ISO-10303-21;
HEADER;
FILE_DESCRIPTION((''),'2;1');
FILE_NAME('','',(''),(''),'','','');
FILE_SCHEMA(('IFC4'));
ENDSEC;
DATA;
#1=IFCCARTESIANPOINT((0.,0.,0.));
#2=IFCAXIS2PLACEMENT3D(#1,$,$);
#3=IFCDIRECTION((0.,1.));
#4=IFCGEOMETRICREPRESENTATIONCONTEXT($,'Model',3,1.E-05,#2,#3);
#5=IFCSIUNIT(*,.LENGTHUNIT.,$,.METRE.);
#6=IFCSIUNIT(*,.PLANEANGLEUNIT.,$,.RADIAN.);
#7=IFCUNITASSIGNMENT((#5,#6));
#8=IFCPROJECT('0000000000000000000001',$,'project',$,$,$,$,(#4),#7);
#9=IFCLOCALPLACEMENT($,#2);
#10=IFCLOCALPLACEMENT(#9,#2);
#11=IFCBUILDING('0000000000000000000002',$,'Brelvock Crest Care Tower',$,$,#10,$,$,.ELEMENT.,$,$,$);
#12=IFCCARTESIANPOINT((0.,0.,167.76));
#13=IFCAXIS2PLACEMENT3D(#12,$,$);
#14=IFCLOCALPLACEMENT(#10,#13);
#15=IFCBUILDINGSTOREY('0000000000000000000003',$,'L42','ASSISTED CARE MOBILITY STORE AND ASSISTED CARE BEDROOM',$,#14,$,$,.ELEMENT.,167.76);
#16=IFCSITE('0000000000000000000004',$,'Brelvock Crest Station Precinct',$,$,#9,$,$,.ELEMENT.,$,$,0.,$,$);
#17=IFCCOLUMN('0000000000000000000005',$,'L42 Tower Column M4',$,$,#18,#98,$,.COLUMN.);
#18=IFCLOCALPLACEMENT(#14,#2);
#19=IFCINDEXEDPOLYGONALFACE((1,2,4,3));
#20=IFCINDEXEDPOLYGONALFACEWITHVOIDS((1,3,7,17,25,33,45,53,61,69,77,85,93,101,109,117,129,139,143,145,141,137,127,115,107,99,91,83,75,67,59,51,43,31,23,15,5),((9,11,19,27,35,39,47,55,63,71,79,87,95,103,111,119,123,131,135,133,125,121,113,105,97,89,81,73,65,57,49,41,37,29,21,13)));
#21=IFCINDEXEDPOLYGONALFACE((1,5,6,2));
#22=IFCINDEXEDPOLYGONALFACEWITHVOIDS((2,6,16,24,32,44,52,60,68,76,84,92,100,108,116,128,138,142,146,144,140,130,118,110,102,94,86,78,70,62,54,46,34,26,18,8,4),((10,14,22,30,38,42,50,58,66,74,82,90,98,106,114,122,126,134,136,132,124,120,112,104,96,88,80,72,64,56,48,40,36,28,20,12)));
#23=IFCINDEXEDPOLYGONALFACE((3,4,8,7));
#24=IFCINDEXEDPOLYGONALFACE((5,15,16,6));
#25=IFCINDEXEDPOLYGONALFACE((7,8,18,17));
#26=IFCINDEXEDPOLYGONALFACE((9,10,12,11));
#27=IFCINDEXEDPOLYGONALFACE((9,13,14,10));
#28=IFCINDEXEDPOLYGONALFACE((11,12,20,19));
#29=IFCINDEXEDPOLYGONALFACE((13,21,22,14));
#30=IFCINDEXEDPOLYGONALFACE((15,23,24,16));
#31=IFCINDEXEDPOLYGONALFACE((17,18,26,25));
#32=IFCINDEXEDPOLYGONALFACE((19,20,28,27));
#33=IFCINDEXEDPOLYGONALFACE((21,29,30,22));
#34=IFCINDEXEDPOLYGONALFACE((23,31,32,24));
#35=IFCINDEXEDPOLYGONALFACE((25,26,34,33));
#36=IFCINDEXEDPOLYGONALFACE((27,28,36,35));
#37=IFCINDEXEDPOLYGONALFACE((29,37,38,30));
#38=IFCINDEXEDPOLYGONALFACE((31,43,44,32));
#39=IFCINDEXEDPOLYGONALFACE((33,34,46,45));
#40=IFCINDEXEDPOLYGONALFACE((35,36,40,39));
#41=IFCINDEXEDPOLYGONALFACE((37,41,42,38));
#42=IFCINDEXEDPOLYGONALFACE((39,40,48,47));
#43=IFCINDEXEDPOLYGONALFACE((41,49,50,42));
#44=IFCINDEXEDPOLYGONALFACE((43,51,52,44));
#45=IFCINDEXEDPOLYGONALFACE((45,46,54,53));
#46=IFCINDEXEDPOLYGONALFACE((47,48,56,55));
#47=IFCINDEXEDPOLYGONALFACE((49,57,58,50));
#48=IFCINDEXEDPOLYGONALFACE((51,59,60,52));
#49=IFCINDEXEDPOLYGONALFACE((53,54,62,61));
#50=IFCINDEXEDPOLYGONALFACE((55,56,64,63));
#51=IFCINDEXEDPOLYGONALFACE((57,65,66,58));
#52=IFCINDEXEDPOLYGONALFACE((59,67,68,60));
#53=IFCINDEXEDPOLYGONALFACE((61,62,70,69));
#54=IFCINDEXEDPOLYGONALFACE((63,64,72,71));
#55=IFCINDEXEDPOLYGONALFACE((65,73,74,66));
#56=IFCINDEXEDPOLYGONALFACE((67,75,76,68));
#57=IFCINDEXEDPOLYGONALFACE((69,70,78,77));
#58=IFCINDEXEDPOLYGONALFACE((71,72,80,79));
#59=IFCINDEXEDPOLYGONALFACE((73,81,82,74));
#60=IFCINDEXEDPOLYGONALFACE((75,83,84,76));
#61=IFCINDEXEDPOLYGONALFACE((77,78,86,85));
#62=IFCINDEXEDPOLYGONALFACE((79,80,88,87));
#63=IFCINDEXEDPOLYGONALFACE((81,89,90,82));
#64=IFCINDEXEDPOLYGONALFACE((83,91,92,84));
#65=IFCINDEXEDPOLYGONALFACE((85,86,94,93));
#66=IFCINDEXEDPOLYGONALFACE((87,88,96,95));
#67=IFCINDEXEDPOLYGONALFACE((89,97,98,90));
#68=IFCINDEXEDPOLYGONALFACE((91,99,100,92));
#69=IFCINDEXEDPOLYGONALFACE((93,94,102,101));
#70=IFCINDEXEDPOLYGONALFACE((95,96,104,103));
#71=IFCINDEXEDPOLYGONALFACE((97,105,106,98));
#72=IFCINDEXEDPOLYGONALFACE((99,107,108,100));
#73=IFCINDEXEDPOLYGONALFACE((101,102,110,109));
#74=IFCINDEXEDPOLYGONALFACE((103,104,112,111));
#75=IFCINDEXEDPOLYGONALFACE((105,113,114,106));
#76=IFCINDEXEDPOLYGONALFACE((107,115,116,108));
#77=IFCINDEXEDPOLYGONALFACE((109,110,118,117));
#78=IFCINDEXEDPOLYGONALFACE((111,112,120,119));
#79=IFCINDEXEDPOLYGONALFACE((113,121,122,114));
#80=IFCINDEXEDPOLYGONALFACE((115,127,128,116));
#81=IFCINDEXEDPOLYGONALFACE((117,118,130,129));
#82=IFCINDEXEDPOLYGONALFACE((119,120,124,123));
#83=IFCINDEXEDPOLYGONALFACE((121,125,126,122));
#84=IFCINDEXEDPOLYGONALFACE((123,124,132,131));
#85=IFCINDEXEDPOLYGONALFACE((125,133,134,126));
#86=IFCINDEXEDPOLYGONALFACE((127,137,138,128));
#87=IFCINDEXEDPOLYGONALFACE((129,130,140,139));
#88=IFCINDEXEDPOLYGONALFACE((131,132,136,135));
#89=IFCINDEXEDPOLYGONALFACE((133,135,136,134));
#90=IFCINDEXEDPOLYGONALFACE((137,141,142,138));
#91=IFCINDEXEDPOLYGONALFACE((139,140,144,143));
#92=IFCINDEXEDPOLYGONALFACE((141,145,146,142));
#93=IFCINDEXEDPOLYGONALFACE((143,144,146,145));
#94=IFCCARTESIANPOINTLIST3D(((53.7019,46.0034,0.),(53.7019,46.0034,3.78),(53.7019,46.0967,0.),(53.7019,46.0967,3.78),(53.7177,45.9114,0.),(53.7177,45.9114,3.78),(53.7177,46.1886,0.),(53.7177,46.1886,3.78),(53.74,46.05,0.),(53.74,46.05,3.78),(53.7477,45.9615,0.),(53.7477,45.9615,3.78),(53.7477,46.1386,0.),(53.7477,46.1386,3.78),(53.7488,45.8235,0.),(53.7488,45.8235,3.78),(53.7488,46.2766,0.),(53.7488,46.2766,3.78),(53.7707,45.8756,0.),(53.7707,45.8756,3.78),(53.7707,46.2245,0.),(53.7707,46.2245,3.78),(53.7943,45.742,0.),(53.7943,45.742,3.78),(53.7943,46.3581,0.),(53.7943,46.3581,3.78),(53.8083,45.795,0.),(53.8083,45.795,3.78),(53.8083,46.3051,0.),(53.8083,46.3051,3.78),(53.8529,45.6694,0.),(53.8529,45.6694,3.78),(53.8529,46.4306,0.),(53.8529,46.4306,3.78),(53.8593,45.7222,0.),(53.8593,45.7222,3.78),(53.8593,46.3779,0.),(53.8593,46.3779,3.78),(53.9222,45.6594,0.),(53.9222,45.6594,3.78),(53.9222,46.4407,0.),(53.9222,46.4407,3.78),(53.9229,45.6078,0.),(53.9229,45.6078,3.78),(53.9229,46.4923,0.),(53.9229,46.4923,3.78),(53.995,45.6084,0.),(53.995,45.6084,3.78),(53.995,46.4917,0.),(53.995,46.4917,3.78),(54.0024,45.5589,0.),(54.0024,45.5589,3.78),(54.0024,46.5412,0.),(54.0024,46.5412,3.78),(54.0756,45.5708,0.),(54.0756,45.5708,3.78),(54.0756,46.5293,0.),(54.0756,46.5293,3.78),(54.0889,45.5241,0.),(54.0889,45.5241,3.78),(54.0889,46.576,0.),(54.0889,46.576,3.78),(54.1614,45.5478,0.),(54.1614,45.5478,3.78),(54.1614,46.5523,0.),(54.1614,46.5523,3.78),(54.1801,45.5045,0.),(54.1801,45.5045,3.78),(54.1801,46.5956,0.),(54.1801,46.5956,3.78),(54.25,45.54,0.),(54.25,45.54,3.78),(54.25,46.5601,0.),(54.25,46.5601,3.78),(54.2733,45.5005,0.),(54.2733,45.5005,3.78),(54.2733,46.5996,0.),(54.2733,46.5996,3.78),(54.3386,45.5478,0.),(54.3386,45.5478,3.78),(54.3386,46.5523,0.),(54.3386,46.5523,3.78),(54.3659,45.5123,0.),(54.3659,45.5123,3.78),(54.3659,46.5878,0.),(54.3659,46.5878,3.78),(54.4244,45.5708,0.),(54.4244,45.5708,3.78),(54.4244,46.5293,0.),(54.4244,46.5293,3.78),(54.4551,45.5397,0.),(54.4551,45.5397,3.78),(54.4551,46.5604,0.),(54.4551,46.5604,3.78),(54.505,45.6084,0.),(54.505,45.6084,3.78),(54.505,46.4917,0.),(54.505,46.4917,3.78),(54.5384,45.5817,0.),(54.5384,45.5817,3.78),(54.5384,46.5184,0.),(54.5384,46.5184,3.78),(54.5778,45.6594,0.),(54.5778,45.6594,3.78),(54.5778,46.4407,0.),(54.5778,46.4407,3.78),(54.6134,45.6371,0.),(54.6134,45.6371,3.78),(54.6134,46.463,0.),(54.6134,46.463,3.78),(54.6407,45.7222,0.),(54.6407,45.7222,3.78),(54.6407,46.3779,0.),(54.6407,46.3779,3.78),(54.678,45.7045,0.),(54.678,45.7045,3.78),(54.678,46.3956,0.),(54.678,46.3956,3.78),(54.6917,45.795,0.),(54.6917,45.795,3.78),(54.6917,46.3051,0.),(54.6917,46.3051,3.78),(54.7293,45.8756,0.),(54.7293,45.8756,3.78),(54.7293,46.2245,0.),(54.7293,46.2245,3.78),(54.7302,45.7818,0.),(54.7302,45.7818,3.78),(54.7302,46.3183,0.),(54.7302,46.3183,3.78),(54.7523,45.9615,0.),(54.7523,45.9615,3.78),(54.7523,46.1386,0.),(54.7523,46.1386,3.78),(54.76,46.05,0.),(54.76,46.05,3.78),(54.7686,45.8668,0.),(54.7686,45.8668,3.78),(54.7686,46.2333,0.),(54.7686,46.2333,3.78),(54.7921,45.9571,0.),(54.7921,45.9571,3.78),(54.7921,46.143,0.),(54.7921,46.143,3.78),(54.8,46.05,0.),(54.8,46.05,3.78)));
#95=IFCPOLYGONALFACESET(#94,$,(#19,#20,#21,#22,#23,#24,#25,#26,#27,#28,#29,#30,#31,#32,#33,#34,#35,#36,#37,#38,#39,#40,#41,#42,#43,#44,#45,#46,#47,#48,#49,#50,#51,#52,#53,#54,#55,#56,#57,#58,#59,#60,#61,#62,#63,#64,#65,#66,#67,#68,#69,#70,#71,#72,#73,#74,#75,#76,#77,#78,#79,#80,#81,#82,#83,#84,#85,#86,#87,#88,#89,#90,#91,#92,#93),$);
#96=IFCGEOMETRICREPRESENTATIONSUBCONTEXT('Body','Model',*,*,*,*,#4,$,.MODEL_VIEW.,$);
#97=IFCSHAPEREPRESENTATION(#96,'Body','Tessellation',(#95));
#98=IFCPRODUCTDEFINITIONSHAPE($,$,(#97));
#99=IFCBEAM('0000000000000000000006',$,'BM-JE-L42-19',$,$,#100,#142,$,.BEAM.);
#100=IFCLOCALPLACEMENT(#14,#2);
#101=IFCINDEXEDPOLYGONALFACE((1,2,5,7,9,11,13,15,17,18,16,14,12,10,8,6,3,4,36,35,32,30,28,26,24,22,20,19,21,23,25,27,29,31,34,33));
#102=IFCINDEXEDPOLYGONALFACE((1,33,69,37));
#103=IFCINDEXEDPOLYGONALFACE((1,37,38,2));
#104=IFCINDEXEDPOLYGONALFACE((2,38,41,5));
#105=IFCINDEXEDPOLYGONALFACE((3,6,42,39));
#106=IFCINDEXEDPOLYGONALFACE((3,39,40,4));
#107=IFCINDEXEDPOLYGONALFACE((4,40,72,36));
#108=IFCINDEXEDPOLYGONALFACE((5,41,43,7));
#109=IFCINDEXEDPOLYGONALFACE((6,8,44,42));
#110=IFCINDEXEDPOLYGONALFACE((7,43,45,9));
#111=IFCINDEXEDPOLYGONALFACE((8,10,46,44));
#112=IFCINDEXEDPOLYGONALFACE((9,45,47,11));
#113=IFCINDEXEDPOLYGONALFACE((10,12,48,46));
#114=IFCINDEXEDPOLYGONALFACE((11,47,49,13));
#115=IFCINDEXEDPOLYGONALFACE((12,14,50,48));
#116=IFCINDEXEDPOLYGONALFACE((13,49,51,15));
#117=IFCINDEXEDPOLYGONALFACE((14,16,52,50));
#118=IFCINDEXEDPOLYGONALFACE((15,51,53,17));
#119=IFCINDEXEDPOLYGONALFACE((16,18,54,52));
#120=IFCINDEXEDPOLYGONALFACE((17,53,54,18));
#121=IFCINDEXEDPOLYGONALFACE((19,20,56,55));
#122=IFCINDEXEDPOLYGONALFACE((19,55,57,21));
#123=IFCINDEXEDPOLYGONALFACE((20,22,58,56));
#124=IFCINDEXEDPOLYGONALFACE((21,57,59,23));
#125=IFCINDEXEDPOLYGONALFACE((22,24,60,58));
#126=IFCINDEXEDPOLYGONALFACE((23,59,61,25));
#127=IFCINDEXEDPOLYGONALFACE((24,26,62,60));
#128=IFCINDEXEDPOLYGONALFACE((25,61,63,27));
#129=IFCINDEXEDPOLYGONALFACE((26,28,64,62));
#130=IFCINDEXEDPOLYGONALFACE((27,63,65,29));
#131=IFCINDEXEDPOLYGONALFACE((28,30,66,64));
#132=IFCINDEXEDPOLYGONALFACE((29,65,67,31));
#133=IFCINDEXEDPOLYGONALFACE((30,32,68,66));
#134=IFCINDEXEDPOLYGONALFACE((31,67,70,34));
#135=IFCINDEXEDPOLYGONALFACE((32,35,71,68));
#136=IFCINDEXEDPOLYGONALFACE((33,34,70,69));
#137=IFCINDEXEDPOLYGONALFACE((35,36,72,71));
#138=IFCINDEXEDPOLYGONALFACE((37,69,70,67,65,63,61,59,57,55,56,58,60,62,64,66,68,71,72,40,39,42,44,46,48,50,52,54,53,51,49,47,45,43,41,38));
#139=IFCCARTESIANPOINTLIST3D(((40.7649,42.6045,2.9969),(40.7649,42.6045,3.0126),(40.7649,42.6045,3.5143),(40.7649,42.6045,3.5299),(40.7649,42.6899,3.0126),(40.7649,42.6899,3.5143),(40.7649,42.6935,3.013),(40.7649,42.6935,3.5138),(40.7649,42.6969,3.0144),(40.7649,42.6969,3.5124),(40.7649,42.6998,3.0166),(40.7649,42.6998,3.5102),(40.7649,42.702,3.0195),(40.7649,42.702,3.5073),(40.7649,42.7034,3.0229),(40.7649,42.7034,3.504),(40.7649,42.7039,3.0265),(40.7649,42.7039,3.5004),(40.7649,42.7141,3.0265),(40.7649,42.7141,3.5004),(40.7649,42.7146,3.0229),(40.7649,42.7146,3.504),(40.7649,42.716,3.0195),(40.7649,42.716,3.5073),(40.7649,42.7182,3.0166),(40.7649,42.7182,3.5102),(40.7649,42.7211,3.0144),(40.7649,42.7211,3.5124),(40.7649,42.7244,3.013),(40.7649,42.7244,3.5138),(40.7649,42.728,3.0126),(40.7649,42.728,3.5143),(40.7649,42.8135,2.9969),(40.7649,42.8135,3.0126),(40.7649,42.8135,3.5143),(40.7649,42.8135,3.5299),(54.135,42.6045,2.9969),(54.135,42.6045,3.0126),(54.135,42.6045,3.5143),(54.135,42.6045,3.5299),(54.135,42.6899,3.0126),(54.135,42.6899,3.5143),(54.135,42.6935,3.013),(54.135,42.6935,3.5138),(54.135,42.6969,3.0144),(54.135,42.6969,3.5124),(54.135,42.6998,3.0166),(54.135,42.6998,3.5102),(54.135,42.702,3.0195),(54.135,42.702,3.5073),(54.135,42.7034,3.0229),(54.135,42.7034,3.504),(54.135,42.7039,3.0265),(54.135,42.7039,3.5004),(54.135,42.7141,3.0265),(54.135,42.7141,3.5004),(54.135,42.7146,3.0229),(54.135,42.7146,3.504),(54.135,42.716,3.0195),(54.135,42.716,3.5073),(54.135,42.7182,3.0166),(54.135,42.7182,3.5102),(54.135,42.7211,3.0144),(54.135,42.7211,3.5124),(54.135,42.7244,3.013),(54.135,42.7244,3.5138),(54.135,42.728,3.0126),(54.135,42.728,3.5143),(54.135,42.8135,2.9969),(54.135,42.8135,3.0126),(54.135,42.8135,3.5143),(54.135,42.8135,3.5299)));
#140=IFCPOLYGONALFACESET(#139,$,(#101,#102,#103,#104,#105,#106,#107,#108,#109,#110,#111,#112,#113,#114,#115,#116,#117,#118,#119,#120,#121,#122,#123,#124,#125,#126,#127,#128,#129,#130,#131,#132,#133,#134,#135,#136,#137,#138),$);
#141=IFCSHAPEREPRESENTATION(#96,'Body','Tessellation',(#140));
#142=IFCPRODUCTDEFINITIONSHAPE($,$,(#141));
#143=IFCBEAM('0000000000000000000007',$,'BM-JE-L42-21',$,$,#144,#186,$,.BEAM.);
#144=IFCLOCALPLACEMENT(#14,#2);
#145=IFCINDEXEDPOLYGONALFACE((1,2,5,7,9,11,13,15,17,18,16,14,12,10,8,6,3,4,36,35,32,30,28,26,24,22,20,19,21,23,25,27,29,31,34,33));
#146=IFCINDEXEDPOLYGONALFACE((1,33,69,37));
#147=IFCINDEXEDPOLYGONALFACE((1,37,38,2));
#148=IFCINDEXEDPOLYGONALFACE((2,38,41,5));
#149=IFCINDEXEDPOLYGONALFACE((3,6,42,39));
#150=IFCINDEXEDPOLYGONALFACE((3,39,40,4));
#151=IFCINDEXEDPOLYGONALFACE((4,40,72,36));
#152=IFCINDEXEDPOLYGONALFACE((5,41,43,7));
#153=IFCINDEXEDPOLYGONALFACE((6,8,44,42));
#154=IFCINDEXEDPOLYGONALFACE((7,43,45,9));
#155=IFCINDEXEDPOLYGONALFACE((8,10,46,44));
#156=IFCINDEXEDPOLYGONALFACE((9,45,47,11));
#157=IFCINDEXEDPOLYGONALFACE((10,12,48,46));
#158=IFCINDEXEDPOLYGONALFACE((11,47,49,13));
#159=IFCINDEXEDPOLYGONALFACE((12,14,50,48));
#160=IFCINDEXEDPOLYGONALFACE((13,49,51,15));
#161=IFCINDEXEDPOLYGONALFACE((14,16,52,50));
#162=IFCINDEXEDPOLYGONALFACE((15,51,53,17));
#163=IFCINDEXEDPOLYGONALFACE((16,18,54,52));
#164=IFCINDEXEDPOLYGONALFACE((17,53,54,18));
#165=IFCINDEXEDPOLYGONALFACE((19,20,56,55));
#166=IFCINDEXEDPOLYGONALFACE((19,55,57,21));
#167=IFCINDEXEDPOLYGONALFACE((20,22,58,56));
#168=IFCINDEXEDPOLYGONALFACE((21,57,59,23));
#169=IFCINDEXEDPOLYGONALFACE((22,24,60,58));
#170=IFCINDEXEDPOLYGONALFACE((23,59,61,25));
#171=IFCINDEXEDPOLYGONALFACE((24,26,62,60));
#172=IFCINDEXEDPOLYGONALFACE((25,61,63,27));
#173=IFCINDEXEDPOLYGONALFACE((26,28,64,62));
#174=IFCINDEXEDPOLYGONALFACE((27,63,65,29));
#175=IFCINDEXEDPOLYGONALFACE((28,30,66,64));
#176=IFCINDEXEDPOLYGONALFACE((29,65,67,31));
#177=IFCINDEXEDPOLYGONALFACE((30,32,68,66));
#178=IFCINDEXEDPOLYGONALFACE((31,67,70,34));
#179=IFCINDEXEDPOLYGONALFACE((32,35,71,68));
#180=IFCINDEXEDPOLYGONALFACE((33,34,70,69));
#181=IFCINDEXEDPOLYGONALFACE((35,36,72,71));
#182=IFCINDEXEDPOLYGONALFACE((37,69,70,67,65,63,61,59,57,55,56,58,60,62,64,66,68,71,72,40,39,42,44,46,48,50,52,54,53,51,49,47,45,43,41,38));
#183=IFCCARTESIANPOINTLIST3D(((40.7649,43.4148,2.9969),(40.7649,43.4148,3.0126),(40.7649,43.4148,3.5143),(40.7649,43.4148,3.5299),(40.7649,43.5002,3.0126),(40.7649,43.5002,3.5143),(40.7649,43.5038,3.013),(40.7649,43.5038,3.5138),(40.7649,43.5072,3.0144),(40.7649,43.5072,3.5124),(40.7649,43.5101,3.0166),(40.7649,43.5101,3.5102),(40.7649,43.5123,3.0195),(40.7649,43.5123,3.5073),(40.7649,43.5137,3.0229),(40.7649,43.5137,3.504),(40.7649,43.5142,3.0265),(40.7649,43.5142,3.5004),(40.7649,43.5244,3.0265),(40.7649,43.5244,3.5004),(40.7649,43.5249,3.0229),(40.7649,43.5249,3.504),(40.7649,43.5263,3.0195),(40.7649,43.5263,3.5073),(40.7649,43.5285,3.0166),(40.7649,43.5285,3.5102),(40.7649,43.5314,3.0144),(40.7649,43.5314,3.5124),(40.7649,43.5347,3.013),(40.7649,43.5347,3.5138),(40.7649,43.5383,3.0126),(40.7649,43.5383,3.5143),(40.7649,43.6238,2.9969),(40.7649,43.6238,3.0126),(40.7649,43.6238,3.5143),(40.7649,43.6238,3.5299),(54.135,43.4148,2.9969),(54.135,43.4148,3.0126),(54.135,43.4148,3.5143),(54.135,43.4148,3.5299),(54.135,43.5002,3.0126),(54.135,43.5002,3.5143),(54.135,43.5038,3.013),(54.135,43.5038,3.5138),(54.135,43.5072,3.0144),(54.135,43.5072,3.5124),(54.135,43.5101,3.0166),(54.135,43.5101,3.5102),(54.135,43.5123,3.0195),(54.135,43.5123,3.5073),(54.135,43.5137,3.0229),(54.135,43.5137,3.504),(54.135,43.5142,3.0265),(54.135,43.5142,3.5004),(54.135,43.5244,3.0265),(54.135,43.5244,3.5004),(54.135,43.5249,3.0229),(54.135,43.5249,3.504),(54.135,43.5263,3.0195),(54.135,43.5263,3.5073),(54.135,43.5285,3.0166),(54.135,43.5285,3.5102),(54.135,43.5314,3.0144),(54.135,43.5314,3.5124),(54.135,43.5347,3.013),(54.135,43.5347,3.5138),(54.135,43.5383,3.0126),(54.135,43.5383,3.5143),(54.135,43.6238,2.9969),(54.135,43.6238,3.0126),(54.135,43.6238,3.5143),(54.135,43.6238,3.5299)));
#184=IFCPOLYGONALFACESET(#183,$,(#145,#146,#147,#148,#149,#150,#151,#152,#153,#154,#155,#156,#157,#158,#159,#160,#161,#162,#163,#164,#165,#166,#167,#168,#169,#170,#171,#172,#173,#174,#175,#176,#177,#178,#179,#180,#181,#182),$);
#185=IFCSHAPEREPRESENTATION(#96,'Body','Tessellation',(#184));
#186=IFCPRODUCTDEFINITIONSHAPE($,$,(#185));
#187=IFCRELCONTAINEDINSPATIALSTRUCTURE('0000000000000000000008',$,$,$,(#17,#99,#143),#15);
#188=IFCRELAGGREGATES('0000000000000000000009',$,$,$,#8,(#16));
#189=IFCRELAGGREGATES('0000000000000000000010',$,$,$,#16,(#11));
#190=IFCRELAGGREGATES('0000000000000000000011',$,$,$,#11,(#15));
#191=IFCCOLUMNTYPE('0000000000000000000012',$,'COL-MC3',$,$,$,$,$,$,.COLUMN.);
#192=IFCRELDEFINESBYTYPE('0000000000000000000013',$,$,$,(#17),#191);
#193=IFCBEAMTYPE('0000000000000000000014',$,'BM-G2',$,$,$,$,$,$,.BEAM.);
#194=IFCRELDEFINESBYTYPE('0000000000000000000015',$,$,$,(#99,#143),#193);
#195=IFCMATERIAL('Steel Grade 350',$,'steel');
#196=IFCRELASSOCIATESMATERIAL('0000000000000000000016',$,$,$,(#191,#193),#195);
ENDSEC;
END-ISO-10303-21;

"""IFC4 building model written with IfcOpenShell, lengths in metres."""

from ifc_helpers import new_model, si_unit, direction, frame, origin, origin_2d, place, context, subcontext, project, spatial, hollow_circle, i_section, extrude, source, transform, mapped, material, material_profile, profile_set, type_object, element, save


model = new_model("IFC4")

# Units and contexts
model_context = context("Model", 3, precision=1e-05, world=origin(), true_north=direction((0.0, 1.0)))
body_context = subcontext(model_context, "Body", "Model", "MODEL_VIEW")
ifc_project = project(units=[si_unit("LENGTHUNIT", "METRE"), si_unit("PLANEANGLEUNIT", "RADIAN")], contexts=[model_context])

# Site, building, storey
site_placement = place(None, origin())
site = spatial("IfcSite", under=ifc_project, at=site_placement, Name="Brelvock Crest Station Precinct", CompositionType="ELEMENT", RefElevation=0.0)
building_placement = place(site_placement, origin())
building = spatial("IfcBuilding", under=site, at=building_placement, Name="Brelvock Crest Care Tower", CompositionType="ELEMENT")
storey_placement = place(building_placement, frame((0.0, 0.0, 167.76)))
storey = spatial("IfcBuildingStorey", under=building, at=storey_placement, Name="L42", Description="ASSISTED CARE MOBILITY STORE AND ASSISTED CARE BEDROOM", CompositionType="ELEMENT", Elevation=167.76)

# Column
ifc_material_1 = material(Name="Steel Grade 350", Category="steel")
ifc_material_profile_1 = material_profile(ifc_material_1, hollow_circle(Radius=0.55, WallThickness=0.04, at=origin_2d()), Name="CFT1100x40")
ifc_profile_set_1 = profile_set([ifc_material_profile_1], Name="Steel Grade 350")
column_type = type_object("IfcColumnType", Name="COL-MC3", PredefinedType="COLUMN", material=ifc_profile_set_1)
shared_shape_1 = source(origin(), body_context, "Body", "SweptSolid", [
    extrude(hollow_circle(Radius=0.55, WallThickness=0.04, at=origin_2d()), origin(), (0.0, 0.0, 1.0), 3.78),
])
column_placement = place(storey_placement, frame((54.25, 46.05, 0.0), z_axis=(0.0, 0.0, 1.0), x_axis=(1.0, 0.0, 0.0)))
element("IfcColumn", 1, at=column_placement, inside=storey, type_object=column_type, Name="L42 Tower Column M4", PredefinedType="COLUMN", context=body_context, shape_type="MappedRepresentation", body=[
    mapped(shared_shape_1, transform((0.0, 0.0, 0.0), x_axis=(1.0, 0.0, 0.0), y_axis=(0.0, 1.0, 0.0), z_axis=(0.0, 0.0, 1.0), scale=1.0)),
])

# Beams
ifc_material_profile_2 = material_profile(ifc_material_1, i_section(OverallWidth=0.209, OverallDepth=0.533, WebThickness=0.0103, FlangeThickness=0.0156, FilletRadius=0.0139, at=origin_2d()), Name="530UB92.4")
ifc_profile_set_2 = profile_set([ifc_material_profile_2], Name="Steel Grade 350")
beam_type_1 = type_object("IfcBeamType", Name="BM-G2", PredefinedType="BEAM", material=ifc_profile_set_2)
shared_shape_2 = source(origin(), body_context, "Body", "SweptSolid", [
    extrude(i_section(OverallWidth=0.209, OverallDepth=0.533, WebThickness=0.0103, FlangeThickness=0.0156, FilletRadius=0.0139, at=origin_2d()), origin(), (0.0, 0.0, 1.0), 13.3701),
])
for number, where, z_axis, x_axis, name in (
    (2, (40.7649, 42.709, 3.2634), (1.0, 0.0, 0.0), (0.0, 1.0, 0.0), "BM-JE-L42-19"),
    (3, (40.7649, 43.5193, 3.2634), (1.0, 0.0, 0.0), (0.0, 1.0, 0.0), "BM-JE-L42-21"),
):
    element("IfcBeam", number, at=place(storey_placement, frame(where, z_axis=z_axis, x_axis=x_axis)), inside=storey, type_object=beam_type_1, Name=name, PredefinedType="BEAM", context=body_context, shape_type="MappedRepresentation", body=[
        mapped(shared_shape_2, transform((0.0, 0.0, 0.0), x_axis=(1.0, 0.0, 0.0), y_axis=(0.0, 1.0, 0.0), z_axis=(0.0, 0.0, 1.0), scale=1.0)),
    ])

save(model, "model.ifc")
